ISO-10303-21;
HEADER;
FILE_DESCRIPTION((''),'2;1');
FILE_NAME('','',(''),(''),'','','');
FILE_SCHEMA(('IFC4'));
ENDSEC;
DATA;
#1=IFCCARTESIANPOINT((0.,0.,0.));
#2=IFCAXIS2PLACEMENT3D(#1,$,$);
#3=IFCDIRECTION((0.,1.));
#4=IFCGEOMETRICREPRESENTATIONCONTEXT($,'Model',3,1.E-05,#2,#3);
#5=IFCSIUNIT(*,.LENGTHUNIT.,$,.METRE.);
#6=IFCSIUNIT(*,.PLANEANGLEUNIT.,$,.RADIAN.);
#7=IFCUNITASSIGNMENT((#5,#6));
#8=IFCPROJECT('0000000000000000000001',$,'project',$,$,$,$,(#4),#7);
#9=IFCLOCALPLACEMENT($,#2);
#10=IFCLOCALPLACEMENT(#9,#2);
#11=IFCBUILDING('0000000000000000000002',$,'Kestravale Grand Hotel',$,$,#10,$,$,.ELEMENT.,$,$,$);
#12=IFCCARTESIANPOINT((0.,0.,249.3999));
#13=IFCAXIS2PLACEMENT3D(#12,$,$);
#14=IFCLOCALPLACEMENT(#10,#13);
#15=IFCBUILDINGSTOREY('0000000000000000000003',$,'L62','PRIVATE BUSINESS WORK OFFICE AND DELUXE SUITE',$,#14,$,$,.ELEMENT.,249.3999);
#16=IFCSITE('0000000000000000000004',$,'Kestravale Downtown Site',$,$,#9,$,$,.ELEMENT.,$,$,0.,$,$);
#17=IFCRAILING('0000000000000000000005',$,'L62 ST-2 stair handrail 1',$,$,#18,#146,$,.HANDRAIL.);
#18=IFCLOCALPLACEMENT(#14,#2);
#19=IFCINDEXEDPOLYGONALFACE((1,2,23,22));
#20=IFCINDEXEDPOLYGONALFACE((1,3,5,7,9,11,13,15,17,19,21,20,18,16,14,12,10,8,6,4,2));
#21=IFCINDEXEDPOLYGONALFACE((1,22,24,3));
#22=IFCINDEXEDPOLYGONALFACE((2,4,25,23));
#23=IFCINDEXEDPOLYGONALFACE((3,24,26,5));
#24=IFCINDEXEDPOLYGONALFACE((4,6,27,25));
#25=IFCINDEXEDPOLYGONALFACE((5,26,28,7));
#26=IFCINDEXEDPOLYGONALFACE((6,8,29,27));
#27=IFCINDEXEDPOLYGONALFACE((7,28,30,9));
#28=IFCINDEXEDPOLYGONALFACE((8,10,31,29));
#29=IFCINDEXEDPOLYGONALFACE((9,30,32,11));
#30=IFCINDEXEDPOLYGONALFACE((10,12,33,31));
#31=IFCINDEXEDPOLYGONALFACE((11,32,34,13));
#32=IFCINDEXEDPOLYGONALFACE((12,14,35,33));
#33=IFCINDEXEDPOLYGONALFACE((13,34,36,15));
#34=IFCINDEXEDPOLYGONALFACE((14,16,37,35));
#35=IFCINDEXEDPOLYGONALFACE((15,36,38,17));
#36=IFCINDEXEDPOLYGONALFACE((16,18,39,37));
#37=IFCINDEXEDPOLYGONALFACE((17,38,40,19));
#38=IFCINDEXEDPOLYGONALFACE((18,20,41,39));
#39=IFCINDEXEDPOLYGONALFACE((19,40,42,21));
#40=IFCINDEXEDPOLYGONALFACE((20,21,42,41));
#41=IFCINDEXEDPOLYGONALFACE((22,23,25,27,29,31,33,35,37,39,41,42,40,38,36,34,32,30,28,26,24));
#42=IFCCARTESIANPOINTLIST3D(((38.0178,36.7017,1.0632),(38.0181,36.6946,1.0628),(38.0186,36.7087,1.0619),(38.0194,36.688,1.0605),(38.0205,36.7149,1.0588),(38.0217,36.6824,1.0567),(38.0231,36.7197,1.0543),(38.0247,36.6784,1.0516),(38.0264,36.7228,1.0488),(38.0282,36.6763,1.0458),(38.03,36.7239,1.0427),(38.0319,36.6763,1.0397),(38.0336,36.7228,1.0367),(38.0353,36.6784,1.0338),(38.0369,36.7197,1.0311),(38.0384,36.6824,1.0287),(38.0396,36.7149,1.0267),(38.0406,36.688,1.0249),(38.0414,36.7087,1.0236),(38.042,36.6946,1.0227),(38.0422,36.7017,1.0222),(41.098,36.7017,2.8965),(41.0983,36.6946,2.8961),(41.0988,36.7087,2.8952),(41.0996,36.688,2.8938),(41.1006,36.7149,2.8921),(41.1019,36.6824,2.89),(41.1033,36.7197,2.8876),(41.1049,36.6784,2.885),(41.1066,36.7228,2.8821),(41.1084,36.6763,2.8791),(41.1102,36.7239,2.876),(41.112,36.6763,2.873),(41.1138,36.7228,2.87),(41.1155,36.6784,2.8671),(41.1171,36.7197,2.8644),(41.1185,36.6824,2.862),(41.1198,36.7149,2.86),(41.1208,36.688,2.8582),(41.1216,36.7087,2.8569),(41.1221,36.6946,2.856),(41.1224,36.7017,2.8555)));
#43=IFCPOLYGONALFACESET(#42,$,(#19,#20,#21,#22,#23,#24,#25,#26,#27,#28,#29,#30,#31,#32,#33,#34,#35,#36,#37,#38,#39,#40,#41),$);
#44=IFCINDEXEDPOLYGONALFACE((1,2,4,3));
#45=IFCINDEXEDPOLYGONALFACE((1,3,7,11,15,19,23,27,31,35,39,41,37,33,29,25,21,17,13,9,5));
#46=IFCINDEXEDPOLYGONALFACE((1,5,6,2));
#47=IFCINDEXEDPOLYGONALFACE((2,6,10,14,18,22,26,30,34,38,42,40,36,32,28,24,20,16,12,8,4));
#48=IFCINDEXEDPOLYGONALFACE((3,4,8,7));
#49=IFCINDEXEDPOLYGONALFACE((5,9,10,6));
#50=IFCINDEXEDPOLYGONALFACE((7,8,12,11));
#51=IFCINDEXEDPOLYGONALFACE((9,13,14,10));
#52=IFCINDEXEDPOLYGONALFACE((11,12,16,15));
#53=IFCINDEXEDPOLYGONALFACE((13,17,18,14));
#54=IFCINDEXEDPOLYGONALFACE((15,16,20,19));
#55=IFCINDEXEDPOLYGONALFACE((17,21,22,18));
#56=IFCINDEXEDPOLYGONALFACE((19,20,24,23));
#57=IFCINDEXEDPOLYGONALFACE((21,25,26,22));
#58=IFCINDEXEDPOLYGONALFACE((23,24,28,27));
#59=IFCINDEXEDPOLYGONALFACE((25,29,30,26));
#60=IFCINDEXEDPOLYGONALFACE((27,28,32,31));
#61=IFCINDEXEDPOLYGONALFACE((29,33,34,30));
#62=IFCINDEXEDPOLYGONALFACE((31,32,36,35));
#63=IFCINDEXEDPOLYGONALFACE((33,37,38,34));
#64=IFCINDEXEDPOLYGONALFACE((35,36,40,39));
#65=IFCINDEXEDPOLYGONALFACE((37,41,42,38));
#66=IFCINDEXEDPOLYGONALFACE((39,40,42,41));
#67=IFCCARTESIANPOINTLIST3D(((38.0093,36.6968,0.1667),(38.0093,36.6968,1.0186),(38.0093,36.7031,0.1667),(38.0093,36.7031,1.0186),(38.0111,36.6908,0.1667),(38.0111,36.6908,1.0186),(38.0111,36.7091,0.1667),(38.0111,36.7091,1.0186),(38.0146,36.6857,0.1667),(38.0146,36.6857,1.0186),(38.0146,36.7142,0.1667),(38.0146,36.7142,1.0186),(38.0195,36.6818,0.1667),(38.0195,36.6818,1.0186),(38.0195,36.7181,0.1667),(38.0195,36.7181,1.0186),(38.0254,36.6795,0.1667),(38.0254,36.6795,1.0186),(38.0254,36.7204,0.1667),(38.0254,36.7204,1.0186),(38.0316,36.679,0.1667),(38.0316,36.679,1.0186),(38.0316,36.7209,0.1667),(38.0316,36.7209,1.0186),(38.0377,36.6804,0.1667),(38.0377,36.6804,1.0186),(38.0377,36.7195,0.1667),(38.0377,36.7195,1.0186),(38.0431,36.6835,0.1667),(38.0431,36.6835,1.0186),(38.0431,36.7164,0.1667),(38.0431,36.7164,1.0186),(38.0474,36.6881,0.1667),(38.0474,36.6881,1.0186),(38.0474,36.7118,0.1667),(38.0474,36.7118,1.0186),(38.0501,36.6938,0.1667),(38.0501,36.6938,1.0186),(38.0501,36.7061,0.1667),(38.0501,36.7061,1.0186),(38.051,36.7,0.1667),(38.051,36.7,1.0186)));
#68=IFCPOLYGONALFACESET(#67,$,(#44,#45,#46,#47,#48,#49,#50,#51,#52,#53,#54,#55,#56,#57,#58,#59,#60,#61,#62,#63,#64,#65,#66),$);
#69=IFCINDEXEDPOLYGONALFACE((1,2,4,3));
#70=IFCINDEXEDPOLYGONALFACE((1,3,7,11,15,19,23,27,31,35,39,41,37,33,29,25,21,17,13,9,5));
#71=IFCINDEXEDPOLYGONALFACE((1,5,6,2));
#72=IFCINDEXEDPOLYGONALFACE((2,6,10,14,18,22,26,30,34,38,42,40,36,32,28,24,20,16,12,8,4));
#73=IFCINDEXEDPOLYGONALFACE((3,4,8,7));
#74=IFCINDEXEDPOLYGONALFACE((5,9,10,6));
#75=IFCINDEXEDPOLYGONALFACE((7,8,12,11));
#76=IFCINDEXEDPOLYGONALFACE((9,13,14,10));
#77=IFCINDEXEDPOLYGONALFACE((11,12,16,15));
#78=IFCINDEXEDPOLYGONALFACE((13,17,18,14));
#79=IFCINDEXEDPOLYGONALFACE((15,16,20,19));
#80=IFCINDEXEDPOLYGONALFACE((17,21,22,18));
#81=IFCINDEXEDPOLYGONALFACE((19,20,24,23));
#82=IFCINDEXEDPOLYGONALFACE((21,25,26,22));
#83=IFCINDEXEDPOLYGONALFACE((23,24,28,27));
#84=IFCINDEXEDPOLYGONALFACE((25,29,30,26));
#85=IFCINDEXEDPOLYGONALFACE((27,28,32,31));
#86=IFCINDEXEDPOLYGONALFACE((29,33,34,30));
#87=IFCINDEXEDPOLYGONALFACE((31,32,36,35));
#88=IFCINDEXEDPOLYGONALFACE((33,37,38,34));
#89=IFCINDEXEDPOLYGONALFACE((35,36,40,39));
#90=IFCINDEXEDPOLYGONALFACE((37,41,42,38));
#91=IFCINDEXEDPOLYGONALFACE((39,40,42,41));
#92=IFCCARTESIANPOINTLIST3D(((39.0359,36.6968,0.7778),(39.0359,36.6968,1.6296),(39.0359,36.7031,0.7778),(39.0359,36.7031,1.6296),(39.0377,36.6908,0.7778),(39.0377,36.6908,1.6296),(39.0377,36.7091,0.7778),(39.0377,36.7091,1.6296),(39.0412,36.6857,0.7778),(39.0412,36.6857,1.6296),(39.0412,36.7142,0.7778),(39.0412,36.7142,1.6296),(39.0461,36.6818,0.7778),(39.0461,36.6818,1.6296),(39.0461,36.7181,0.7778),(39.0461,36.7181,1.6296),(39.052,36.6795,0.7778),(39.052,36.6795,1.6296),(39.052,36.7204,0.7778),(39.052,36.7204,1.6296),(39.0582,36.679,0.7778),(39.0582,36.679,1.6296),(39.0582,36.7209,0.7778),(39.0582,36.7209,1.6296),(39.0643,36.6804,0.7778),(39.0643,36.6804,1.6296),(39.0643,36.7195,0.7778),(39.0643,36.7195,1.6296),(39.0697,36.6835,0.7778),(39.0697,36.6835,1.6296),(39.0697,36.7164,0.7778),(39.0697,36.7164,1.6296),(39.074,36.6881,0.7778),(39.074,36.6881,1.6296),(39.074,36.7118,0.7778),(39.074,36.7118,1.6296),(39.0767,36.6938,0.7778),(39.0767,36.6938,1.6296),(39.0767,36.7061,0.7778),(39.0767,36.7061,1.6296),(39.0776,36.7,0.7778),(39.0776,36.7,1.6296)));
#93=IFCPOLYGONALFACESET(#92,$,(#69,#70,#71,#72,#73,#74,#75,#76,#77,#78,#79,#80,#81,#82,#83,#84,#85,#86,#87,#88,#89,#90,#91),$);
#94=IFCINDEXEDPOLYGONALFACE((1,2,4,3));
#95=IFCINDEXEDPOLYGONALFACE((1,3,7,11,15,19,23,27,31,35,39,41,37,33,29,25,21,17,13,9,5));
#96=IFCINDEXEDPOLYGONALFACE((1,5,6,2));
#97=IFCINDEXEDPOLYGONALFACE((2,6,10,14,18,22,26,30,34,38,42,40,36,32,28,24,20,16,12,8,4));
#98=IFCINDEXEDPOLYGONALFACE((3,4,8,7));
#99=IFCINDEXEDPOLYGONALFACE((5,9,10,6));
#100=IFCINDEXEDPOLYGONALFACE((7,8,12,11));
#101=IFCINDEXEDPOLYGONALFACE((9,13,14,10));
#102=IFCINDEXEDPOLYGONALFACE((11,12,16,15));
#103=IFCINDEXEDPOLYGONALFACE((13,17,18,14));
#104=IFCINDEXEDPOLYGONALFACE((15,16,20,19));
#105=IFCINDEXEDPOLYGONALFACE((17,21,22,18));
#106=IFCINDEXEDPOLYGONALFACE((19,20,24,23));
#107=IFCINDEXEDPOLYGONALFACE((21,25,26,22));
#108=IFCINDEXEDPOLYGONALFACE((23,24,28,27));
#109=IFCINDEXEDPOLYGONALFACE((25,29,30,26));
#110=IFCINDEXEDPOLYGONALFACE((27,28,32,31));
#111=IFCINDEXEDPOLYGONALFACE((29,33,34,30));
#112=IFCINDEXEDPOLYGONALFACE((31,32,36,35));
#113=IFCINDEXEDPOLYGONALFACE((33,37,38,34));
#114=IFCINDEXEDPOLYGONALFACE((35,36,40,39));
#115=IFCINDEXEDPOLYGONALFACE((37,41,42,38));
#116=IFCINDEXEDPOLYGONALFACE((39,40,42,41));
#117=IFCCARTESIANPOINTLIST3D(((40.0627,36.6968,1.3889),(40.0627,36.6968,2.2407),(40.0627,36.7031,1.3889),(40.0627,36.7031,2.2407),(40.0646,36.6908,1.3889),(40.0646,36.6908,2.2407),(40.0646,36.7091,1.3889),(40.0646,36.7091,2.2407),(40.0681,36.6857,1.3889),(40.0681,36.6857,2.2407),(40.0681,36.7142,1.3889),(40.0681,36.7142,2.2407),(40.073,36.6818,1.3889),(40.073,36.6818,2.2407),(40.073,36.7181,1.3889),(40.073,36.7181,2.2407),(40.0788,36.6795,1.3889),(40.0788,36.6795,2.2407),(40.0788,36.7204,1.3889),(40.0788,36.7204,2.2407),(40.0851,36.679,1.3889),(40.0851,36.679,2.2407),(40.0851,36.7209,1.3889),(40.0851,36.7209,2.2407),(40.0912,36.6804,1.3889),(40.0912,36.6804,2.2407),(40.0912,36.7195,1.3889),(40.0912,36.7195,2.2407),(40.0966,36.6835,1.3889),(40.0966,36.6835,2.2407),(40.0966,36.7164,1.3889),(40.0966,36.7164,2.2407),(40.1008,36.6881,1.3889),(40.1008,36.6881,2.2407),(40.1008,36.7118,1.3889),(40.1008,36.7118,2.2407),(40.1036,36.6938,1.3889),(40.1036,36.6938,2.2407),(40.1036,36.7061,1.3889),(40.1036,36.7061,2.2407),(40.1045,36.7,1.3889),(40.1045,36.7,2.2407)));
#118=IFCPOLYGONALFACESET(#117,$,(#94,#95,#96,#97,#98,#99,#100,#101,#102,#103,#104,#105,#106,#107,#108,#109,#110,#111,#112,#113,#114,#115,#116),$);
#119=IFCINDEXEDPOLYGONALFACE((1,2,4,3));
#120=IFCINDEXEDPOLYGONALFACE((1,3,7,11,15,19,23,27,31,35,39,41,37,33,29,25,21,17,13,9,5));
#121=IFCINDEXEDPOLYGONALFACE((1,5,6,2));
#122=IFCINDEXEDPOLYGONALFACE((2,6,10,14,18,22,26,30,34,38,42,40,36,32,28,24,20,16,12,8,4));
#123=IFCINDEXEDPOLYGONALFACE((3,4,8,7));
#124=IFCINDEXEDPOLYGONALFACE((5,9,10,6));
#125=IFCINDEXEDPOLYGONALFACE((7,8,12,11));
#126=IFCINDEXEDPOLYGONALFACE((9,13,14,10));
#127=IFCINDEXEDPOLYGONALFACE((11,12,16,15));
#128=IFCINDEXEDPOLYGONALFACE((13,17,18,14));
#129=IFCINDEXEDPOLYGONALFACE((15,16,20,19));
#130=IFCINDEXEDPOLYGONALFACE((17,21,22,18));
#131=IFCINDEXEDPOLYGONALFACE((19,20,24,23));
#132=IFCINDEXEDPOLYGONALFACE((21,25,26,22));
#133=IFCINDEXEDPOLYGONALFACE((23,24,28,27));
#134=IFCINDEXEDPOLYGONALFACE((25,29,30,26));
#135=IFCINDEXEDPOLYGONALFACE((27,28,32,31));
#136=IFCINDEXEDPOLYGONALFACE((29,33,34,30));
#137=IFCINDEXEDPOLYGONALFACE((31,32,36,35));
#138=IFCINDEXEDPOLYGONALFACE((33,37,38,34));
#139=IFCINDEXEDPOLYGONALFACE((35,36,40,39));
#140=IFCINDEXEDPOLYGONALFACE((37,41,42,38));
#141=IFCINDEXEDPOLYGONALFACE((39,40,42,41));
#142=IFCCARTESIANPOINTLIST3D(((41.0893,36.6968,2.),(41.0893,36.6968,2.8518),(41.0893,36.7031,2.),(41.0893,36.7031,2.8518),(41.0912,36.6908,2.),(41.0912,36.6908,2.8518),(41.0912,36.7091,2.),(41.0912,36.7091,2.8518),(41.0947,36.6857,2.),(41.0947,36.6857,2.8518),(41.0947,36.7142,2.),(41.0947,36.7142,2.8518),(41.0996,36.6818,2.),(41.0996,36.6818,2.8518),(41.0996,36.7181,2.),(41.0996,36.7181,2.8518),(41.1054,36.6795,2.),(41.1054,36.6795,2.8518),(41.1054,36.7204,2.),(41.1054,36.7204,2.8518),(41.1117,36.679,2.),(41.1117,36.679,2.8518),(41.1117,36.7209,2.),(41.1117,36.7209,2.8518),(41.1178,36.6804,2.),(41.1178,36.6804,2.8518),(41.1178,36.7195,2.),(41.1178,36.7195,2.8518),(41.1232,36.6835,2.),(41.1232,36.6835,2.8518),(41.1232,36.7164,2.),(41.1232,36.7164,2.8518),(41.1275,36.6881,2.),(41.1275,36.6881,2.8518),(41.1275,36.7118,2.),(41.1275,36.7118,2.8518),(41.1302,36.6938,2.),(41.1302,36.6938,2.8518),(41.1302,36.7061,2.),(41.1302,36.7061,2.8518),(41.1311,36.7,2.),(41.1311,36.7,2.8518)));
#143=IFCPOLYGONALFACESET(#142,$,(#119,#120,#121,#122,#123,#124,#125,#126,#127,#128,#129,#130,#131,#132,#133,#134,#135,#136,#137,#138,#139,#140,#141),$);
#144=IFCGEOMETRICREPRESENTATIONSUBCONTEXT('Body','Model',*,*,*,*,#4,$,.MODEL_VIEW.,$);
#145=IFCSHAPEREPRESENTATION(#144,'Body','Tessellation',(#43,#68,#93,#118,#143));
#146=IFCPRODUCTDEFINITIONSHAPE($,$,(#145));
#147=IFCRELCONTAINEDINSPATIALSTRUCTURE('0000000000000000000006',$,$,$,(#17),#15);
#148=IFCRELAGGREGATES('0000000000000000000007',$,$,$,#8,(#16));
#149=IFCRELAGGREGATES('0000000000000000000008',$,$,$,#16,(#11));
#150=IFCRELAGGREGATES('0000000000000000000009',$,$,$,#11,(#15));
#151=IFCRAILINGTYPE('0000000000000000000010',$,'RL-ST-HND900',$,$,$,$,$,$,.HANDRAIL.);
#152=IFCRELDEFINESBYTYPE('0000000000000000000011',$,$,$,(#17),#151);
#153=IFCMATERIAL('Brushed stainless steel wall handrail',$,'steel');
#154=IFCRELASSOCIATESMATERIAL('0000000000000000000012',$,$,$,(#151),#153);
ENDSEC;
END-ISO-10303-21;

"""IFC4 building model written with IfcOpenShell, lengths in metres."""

from ifc_helpers import new_model, si_unit, direction, frame, origin, origin_2d, place, context, subcontext, project, spatial, circle, extrude, material, type_object, element, save


model = new_model("IFC4")

# Units and contexts
model_context = context("Model", 3, precision=1e-05, world=origin(), true_north=direction((0.0, 1.0)))
body_context = subcontext(model_context, "Body", "Model", "MODEL_VIEW")
ifc_project = project(units=[si_unit("LENGTHUNIT", "METRE"), si_unit("PLANEANGLEUNIT", "RADIAN")], contexts=[model_context])

# Site, building, storey
site_placement = place(None, origin())
site = spatial("IfcSite", under=ifc_project, at=site_placement, Name="Kestravale Downtown Site", CompositionType="ELEMENT", RefElevation=0.0)
building_placement = place(site_placement, origin())
building = spatial("IfcBuilding", under=site, at=building_placement, Name="Kestravale Grand Hotel", CompositionType="ELEMENT")
storey_placement = place(building_placement, frame((0.0, 0.0, 249.3999)))
storey = spatial("IfcBuildingStorey", under=building, at=storey_placement, Name="L62", Description="PRIVATE BUSINESS WORK OFFICE AND DELUXE SUITE", CompositionType="ELEMENT", Elevation=249.3999)

# Railing
ifc_material_1 = material(Name="Brushed stainless steel wall handrail", Category="steel")
railing_type_1 = type_object("IfcRailingType", Name="RL-ST-HND900", PredefinedType="HANDRAIL", material=ifc_material_1)
railing_1_placement = place(storey_placement, frame((38.03, 36.7, 0.1667)))
element("IfcRailing", 1, at=railing_1_placement, inside=storey, type_object=railing_type_1, Name="L62 ST-2 stair handrail 1", PredefinedType="HANDRAIL", context=body_context, shape_type="SweptSolid", body=[
    extrude(circle(Radius=0.0239, at=origin_2d()), frame((0.0, 0.0, 0.876), z_axis=(0.859309, 0.0, 0.511458), x_axis=(0.0, 1.0, 0.0)), (0.0, 0.0, 1.0), 3.5845),
    extrude(circle(Radius=0.021, at=origin_2d()), origin(), (0.0, 0.0, 1.0), 0.8518),
    extrude(circle(Radius=0.021, at=origin_2d()), frame((1.0266, 0.0, 0.6111)), (0.0, 0.0, 1.0), 0.8518),
    extrude(circle(Radius=0.021, at=origin_2d()), frame((2.0535, 0.0, 1.2222)), (0.0, 0.0, 1.0), 0.8518),
    extrude(circle(Radius=0.021, at=origin_2d()), frame((3.0801, 0.0, 1.8333)), (0.0, 0.0, 1.0), 0.8518),
])

save(model, "model.ifc")
